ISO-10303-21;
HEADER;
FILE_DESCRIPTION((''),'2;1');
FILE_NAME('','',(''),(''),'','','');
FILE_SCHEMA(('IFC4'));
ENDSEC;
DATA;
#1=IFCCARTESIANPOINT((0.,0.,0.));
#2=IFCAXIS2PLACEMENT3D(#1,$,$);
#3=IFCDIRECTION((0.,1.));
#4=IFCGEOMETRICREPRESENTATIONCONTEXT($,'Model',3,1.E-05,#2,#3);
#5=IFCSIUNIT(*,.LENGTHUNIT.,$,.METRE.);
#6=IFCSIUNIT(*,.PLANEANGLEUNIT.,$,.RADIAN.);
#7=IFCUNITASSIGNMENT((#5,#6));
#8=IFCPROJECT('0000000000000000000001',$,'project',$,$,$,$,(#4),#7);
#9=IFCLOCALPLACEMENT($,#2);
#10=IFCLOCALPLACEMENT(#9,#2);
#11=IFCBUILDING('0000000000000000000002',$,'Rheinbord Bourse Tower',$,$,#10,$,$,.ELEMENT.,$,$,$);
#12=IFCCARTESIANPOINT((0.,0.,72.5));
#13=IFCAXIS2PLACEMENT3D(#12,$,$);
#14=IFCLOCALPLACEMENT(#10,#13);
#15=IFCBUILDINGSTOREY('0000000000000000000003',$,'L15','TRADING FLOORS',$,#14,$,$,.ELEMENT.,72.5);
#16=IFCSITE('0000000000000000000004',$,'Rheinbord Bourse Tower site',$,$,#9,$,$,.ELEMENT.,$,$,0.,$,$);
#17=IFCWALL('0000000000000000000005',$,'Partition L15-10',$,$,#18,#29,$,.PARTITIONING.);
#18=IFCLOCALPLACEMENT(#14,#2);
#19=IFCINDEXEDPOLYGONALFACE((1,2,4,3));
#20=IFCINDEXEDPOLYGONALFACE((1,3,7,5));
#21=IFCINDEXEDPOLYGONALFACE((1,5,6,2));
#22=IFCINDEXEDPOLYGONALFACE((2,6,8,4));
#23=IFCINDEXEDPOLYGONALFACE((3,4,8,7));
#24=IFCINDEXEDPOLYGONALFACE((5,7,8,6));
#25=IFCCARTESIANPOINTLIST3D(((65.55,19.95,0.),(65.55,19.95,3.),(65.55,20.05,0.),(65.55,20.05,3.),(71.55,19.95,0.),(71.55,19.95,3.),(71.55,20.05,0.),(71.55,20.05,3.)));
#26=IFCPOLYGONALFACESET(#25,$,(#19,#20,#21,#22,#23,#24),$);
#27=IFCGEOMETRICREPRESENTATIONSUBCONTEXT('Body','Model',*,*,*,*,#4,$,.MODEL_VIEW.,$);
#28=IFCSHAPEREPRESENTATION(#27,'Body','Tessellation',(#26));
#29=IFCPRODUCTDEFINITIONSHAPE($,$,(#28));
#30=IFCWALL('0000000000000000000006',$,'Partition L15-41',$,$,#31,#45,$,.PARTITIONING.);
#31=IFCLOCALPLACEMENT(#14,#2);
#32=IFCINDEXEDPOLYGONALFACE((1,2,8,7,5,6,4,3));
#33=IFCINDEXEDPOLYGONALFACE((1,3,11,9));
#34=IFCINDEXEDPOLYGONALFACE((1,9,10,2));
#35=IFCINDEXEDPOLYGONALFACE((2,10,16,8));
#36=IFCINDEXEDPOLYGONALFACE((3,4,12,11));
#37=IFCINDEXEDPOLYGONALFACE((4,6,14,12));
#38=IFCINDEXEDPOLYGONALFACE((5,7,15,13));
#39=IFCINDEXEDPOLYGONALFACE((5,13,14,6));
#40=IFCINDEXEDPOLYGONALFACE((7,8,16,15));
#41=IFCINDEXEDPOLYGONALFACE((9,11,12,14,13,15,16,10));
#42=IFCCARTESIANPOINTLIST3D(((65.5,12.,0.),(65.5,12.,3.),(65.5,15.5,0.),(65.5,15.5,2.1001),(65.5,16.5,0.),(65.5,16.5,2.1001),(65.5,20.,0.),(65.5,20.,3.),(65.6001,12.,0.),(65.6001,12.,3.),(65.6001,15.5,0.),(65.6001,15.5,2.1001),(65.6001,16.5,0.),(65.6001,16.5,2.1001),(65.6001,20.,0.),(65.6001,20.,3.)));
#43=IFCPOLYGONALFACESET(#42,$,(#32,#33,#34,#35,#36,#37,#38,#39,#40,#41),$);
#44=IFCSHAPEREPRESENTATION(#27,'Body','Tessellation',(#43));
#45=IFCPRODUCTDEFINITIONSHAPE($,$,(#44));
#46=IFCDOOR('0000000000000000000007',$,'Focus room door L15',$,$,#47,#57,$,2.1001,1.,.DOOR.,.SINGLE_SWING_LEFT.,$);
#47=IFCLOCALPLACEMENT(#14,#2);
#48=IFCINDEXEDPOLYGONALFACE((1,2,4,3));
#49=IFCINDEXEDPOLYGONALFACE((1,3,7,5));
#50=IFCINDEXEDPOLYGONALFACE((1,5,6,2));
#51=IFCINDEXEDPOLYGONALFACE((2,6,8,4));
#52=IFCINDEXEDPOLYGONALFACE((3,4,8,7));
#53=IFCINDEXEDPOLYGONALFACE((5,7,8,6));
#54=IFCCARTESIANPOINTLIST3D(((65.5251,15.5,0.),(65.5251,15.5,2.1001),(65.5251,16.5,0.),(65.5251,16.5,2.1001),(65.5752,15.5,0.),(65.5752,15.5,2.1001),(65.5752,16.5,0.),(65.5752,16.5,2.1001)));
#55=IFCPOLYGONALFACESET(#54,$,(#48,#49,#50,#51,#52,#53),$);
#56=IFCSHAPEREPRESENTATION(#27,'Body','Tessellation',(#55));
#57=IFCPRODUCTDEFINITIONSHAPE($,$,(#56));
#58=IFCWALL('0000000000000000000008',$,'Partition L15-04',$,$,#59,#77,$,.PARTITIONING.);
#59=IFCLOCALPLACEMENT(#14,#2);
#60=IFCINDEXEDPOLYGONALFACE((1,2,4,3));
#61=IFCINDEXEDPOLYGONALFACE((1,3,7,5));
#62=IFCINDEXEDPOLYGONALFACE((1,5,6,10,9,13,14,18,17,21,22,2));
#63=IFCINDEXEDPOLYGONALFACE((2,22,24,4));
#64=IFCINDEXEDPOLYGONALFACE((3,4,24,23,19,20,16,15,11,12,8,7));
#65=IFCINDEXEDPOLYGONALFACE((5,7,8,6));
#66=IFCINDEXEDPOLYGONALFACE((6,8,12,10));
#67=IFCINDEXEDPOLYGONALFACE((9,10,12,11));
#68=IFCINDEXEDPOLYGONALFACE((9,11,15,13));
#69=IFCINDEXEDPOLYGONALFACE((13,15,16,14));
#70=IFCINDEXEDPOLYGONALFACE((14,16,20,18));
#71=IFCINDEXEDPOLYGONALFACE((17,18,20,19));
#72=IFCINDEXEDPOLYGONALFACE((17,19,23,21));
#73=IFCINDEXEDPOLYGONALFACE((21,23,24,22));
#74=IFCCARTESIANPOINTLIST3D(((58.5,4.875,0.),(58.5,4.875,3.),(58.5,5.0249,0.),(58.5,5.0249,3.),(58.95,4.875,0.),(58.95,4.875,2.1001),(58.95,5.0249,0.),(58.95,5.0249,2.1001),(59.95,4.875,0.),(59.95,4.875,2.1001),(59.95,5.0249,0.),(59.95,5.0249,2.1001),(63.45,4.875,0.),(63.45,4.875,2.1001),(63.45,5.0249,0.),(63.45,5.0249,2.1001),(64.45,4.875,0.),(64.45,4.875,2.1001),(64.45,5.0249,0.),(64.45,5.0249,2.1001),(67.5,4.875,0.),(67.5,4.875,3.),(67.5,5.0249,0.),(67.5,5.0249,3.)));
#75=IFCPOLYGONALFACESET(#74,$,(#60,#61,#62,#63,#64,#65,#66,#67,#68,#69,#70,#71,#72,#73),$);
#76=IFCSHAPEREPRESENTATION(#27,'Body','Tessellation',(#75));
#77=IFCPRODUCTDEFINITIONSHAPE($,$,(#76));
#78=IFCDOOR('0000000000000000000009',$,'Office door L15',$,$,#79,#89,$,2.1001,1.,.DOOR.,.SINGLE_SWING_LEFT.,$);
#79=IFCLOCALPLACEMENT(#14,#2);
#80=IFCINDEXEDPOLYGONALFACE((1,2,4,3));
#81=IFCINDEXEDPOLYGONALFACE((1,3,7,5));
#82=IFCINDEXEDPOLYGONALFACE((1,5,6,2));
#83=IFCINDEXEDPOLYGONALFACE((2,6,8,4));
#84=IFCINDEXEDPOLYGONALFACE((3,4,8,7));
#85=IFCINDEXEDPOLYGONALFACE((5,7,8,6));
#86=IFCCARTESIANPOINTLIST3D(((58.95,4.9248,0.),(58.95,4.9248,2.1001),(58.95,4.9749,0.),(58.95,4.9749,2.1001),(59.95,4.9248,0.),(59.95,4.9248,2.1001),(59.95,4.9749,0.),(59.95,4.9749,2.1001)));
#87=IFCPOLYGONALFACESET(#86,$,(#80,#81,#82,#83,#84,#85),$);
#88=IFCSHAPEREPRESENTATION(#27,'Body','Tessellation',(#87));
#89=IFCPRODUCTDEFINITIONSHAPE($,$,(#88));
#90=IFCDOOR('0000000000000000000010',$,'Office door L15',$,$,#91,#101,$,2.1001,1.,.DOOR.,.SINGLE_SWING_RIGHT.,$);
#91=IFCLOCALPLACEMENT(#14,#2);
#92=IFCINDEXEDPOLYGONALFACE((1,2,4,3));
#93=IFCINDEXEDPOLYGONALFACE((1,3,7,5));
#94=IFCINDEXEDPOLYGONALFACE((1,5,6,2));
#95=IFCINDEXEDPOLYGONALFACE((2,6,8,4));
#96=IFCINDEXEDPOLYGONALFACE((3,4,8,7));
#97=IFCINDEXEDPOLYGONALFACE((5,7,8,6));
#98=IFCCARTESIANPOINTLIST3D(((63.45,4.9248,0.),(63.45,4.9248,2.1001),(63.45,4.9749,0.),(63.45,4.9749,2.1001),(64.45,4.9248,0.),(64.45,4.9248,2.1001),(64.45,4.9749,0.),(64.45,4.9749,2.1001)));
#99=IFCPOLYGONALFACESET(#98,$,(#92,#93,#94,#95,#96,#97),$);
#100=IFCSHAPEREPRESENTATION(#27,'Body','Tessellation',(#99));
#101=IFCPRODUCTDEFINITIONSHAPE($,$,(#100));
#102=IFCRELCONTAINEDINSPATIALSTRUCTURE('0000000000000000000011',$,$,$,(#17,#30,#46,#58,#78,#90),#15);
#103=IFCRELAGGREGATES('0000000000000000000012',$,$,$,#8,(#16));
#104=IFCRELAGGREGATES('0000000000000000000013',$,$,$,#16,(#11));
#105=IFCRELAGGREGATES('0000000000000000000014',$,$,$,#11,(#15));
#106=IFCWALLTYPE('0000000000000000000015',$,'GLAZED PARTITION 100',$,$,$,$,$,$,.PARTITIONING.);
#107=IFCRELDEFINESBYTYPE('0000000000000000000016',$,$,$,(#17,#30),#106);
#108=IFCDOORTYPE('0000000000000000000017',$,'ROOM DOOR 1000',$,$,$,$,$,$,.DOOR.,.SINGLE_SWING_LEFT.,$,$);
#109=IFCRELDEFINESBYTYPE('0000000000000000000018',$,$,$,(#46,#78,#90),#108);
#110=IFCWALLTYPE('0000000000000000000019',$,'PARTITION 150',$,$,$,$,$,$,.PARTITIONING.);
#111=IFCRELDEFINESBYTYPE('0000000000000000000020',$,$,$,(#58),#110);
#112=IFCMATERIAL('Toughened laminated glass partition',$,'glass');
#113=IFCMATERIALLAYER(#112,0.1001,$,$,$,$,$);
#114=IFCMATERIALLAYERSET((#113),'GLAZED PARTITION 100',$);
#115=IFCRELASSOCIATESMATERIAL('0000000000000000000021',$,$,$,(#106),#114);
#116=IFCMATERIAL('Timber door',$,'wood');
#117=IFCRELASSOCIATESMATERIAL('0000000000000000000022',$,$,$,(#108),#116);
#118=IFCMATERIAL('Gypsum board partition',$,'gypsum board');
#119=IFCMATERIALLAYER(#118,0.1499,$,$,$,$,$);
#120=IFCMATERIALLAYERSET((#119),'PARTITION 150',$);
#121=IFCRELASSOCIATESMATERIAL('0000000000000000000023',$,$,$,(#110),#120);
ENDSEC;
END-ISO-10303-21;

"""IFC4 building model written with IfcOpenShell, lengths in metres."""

from ifc_helpers import new_model, si_unit, direction, frame, frame_2d, origin, place, context, subcontext, project, spatial, rectangle, extrude, material, layer, layer_set, type_object, element, fill, save


model = new_model("IFC4")

# Units and contexts
model_context = context("Model", 3, precision=1e-05, world=origin(), true_north=direction((0.0, 1.0)))
body_context = subcontext(model_context, "Body", "Model", "MODEL_VIEW")
ifc_project = project(units=[si_unit("LENGTHUNIT", "METRE"), si_unit("PLANEANGLEUNIT", "RADIAN")], contexts=[model_context])

# Site, building, storey
site_placement = place(None, origin())
site = spatial("IfcSite", under=ifc_project, at=site_placement, Name="Rheinbord Bourse Tower site", CompositionType="ELEMENT", RefElevation=0.0)
building_placement = place(site_placement, origin())
building = spatial("IfcBuilding", under=site, at=building_placement, Name="Rheinbord Bourse Tower", CompositionType="ELEMENT")
storey_placement = place(building_placement, frame((0.0, 0.0, 72.5)))
storey = spatial("IfcBuildingStorey", under=building, at=storey_placement, Name="L15", Description="TRADING FLOORS", CompositionType="ELEMENT", Elevation=72.5)

# Wall
ifc_material_1 = material(Name="Toughened laminated glass partition", Category="glass")
ifc_layer_1 = layer(ifc_material_1, 0.1001)
ifc_layer_set_1 = layer_set([ifc_layer_1], Name="GLAZED PARTITION 100")
wall_type_1 = type_object("IfcWallType", Name="GLAZED PARTITION 100", PredefinedType="PARTITIONING", material=ifc_layer_set_1)
for number, where, z_axis, x_axis, name in (
    (1, (65.55, 20.0, 0.0), (0.0, 0.0, 1.0), (1.0, 0.0, 0.0), "Partition L15-10"),
):
    element("IfcWall", number, at=place(storey_placement, frame(where, z_axis=z_axis, x_axis=x_axis)), inside=storey, type_object=wall_type_1, Name=name, PredefinedType="PARTITIONING", context=body_context, shape_type="SweptSolid", body=[
        extrude(rectangle(XDim=6.0, YDim=0.1001, at=frame_2d((3.0, 0.0))), origin(), (0.0, 0.0, 1.0), 3.0),
    ])

# Wall, opening, door
wall_1_placement = place(storey_placement, frame((65.55, 12.0, 0.0), z_axis=(0.0, 0.0, 1.0), x_axis=(0.0, 1.0, 0.0)))
wall_1 = element("IfcWall", 2, at=wall_1_placement, inside=storey, type_object=wall_type_1, Name="Partition L15-41", PredefinedType="PARTITIONING", context=body_context, shape_type="SweptSolid", body=[
    extrude(rectangle(XDim=8.0, YDim=0.1001, at=frame_2d((4.0, 0.0))), origin(), (0.0, 0.0, 1.0), 3.0),
])
opening_1_placement = place(wall_1_placement, frame((3.5, 0.0, 0.0)))
opening_1 = element("IfcOpeningElement", 3, at=opening_1_placement, cuts=wall_1, PredefinedType="OPENING", context=body_context, shape_type="SweptSolid", body=[
    extrude(rectangle(XDim=1.0, YDim=2.1001, at=frame_2d((0.5, 1.05))), frame((0.0, 0.0601, 0.0), z_axis=(0.0, -1.0, 0.0), x_axis=(1.0, 0.0, 0.0)), (0.0, 0.0, 1.0), 0.1201),
])
ifc_material_2 = material(Name="Timber door", Category="wood")
door_type = type_object("IfcDoorType", Name="ROOM DOOR 1000", OperationType="SINGLE_SWING_LEFT", PredefinedType="DOOR", material=ifc_material_2)
door_1_placement = place(opening_1_placement, origin())
door_1 = element("IfcDoor", 4, at=door_1_placement, inside=storey, type_object=door_type, Name="Focus room door L15", OperationType="SINGLE_SWING_LEFT", OverallHeight=2.1001, OverallWidth=1.0, PredefinedType="DOOR", context=body_context, shape_type="SweptSolid", body=[
    extrude(rectangle(XDim=1.0, YDim=2.1001, at=frame_2d((0.5, 1.05))), frame((0.0, 0.0249, 0.0), z_axis=(0.0, -1.0, 0.0), x_axis=(1.0, 0.0, 0.0)), (0.0, 0.0, 1.0), 0.05),
])
fill(opening_1, door_1)

# Wall, openings, doors
ifc_material_3 = material(Name="Gypsum board partition", Category="gypsum board")
ifc_layer_2 = layer(ifc_material_3, 0.1499)
ifc_layer_set_2 = layer_set([ifc_layer_2], Name="PARTITION 150")
wall_type_2 = type_object("IfcWallType", Name="PARTITION 150", PredefinedType="PARTITIONING", material=ifc_layer_set_2)
wall_2_placement = place(storey_placement, frame((58.5, 4.95, 0.0), z_axis=(0.0, 0.0, 1.0), x_axis=(1.0, 0.0, 0.0)))
wall_2 = element("IfcWall", 5, at=wall_2_placement, inside=storey, type_object=wall_type_2, Name="Partition L15-04", PredefinedType="PARTITIONING", context=body_context, shape_type="SweptSolid", body=[
    extrude(rectangle(XDim=9.0, YDim=0.1499, at=frame_2d((4.5, 0.0))), origin(), (0.0, 0.0, 1.0), 3.0),
])
opening_2_placement = place(wall_2_placement, frame((0.45, 0.0, 0.0)))
opening_2 = element("IfcOpeningElement", 6, at=opening_2_placement, cuts=wall_2, PredefinedType="OPENING", context=body_context, shape_type="SweptSolid", body=[
    extrude(rectangle(XDim=1.0, YDim=2.1001, at=frame_2d((0.5, 1.05))), frame((0.0, 0.085, 0.0), z_axis=(0.0, -1.0, 0.0), x_axis=(1.0, 0.0, 0.0)), (0.0, 0.0, 1.0), 0.1699),
])
opening_3_placement = place(wall_2_placement, frame((4.95, 0.0, 0.0)))
opening_3 = element("IfcOpeningElement", 7, at=opening_3_placement, cuts=wall_2, PredefinedType="OPENING", context=body_context, shape_type="SweptSolid", body=[
    extrude(rectangle(XDim=1.0, YDim=2.1001, at=frame_2d((0.5, 1.05))), frame((0.0, 0.085, 0.0), z_axis=(0.0, -1.0, 0.0), x_axis=(1.0, 0.0, 0.0)), (0.0, 0.0, 1.0), 0.1699),
])
door_2_placement = place(opening_2_placement, origin())
door_2 = element("IfcDoor", 8, at=door_2_placement, inside=storey, type_object=door_type, Name="Office door L15", OperationType="SINGLE_SWING_LEFT", OverallHeight=2.1001, OverallWidth=1.0, PredefinedType="DOOR", context=body_context, shape_type="SweptSolid", body=[
    extrude(rectangle(XDim=1.0, YDim=2.1001, at=frame_2d((0.5, 1.05))), frame((0.0, 0.0249, 0.0), z_axis=(0.0, -1.0, 0.0), x_axis=(1.0, 0.0, 0.0)), (0.0, 0.0, 1.0), 0.05),
])
fill(opening_2, door_2)
door_3_placement = place(opening_3_placement, origin())
door_3 = element("IfcDoor", 9, at=door_3_placement, inside=storey, type_object=door_type, Name="Office door L15", OperationType="SINGLE_SWING_RIGHT", OverallHeight=2.1001, OverallWidth=1.0, PredefinedType="DOOR", context=body_context, shape_type="SweptSolid", body=[
    extrude(rectangle(XDim=1.0, YDim=2.1001, at=frame_2d((0.5, 1.05))), frame((0.0, 0.0249, 0.0), z_axis=(0.0, -1.0, 0.0), x_axis=(1.0, 0.0, 0.0)), (0.0, 0.0, 1.0), 0.05),
])
fill(opening_3, door_3)

save(model, "model.ifc")
